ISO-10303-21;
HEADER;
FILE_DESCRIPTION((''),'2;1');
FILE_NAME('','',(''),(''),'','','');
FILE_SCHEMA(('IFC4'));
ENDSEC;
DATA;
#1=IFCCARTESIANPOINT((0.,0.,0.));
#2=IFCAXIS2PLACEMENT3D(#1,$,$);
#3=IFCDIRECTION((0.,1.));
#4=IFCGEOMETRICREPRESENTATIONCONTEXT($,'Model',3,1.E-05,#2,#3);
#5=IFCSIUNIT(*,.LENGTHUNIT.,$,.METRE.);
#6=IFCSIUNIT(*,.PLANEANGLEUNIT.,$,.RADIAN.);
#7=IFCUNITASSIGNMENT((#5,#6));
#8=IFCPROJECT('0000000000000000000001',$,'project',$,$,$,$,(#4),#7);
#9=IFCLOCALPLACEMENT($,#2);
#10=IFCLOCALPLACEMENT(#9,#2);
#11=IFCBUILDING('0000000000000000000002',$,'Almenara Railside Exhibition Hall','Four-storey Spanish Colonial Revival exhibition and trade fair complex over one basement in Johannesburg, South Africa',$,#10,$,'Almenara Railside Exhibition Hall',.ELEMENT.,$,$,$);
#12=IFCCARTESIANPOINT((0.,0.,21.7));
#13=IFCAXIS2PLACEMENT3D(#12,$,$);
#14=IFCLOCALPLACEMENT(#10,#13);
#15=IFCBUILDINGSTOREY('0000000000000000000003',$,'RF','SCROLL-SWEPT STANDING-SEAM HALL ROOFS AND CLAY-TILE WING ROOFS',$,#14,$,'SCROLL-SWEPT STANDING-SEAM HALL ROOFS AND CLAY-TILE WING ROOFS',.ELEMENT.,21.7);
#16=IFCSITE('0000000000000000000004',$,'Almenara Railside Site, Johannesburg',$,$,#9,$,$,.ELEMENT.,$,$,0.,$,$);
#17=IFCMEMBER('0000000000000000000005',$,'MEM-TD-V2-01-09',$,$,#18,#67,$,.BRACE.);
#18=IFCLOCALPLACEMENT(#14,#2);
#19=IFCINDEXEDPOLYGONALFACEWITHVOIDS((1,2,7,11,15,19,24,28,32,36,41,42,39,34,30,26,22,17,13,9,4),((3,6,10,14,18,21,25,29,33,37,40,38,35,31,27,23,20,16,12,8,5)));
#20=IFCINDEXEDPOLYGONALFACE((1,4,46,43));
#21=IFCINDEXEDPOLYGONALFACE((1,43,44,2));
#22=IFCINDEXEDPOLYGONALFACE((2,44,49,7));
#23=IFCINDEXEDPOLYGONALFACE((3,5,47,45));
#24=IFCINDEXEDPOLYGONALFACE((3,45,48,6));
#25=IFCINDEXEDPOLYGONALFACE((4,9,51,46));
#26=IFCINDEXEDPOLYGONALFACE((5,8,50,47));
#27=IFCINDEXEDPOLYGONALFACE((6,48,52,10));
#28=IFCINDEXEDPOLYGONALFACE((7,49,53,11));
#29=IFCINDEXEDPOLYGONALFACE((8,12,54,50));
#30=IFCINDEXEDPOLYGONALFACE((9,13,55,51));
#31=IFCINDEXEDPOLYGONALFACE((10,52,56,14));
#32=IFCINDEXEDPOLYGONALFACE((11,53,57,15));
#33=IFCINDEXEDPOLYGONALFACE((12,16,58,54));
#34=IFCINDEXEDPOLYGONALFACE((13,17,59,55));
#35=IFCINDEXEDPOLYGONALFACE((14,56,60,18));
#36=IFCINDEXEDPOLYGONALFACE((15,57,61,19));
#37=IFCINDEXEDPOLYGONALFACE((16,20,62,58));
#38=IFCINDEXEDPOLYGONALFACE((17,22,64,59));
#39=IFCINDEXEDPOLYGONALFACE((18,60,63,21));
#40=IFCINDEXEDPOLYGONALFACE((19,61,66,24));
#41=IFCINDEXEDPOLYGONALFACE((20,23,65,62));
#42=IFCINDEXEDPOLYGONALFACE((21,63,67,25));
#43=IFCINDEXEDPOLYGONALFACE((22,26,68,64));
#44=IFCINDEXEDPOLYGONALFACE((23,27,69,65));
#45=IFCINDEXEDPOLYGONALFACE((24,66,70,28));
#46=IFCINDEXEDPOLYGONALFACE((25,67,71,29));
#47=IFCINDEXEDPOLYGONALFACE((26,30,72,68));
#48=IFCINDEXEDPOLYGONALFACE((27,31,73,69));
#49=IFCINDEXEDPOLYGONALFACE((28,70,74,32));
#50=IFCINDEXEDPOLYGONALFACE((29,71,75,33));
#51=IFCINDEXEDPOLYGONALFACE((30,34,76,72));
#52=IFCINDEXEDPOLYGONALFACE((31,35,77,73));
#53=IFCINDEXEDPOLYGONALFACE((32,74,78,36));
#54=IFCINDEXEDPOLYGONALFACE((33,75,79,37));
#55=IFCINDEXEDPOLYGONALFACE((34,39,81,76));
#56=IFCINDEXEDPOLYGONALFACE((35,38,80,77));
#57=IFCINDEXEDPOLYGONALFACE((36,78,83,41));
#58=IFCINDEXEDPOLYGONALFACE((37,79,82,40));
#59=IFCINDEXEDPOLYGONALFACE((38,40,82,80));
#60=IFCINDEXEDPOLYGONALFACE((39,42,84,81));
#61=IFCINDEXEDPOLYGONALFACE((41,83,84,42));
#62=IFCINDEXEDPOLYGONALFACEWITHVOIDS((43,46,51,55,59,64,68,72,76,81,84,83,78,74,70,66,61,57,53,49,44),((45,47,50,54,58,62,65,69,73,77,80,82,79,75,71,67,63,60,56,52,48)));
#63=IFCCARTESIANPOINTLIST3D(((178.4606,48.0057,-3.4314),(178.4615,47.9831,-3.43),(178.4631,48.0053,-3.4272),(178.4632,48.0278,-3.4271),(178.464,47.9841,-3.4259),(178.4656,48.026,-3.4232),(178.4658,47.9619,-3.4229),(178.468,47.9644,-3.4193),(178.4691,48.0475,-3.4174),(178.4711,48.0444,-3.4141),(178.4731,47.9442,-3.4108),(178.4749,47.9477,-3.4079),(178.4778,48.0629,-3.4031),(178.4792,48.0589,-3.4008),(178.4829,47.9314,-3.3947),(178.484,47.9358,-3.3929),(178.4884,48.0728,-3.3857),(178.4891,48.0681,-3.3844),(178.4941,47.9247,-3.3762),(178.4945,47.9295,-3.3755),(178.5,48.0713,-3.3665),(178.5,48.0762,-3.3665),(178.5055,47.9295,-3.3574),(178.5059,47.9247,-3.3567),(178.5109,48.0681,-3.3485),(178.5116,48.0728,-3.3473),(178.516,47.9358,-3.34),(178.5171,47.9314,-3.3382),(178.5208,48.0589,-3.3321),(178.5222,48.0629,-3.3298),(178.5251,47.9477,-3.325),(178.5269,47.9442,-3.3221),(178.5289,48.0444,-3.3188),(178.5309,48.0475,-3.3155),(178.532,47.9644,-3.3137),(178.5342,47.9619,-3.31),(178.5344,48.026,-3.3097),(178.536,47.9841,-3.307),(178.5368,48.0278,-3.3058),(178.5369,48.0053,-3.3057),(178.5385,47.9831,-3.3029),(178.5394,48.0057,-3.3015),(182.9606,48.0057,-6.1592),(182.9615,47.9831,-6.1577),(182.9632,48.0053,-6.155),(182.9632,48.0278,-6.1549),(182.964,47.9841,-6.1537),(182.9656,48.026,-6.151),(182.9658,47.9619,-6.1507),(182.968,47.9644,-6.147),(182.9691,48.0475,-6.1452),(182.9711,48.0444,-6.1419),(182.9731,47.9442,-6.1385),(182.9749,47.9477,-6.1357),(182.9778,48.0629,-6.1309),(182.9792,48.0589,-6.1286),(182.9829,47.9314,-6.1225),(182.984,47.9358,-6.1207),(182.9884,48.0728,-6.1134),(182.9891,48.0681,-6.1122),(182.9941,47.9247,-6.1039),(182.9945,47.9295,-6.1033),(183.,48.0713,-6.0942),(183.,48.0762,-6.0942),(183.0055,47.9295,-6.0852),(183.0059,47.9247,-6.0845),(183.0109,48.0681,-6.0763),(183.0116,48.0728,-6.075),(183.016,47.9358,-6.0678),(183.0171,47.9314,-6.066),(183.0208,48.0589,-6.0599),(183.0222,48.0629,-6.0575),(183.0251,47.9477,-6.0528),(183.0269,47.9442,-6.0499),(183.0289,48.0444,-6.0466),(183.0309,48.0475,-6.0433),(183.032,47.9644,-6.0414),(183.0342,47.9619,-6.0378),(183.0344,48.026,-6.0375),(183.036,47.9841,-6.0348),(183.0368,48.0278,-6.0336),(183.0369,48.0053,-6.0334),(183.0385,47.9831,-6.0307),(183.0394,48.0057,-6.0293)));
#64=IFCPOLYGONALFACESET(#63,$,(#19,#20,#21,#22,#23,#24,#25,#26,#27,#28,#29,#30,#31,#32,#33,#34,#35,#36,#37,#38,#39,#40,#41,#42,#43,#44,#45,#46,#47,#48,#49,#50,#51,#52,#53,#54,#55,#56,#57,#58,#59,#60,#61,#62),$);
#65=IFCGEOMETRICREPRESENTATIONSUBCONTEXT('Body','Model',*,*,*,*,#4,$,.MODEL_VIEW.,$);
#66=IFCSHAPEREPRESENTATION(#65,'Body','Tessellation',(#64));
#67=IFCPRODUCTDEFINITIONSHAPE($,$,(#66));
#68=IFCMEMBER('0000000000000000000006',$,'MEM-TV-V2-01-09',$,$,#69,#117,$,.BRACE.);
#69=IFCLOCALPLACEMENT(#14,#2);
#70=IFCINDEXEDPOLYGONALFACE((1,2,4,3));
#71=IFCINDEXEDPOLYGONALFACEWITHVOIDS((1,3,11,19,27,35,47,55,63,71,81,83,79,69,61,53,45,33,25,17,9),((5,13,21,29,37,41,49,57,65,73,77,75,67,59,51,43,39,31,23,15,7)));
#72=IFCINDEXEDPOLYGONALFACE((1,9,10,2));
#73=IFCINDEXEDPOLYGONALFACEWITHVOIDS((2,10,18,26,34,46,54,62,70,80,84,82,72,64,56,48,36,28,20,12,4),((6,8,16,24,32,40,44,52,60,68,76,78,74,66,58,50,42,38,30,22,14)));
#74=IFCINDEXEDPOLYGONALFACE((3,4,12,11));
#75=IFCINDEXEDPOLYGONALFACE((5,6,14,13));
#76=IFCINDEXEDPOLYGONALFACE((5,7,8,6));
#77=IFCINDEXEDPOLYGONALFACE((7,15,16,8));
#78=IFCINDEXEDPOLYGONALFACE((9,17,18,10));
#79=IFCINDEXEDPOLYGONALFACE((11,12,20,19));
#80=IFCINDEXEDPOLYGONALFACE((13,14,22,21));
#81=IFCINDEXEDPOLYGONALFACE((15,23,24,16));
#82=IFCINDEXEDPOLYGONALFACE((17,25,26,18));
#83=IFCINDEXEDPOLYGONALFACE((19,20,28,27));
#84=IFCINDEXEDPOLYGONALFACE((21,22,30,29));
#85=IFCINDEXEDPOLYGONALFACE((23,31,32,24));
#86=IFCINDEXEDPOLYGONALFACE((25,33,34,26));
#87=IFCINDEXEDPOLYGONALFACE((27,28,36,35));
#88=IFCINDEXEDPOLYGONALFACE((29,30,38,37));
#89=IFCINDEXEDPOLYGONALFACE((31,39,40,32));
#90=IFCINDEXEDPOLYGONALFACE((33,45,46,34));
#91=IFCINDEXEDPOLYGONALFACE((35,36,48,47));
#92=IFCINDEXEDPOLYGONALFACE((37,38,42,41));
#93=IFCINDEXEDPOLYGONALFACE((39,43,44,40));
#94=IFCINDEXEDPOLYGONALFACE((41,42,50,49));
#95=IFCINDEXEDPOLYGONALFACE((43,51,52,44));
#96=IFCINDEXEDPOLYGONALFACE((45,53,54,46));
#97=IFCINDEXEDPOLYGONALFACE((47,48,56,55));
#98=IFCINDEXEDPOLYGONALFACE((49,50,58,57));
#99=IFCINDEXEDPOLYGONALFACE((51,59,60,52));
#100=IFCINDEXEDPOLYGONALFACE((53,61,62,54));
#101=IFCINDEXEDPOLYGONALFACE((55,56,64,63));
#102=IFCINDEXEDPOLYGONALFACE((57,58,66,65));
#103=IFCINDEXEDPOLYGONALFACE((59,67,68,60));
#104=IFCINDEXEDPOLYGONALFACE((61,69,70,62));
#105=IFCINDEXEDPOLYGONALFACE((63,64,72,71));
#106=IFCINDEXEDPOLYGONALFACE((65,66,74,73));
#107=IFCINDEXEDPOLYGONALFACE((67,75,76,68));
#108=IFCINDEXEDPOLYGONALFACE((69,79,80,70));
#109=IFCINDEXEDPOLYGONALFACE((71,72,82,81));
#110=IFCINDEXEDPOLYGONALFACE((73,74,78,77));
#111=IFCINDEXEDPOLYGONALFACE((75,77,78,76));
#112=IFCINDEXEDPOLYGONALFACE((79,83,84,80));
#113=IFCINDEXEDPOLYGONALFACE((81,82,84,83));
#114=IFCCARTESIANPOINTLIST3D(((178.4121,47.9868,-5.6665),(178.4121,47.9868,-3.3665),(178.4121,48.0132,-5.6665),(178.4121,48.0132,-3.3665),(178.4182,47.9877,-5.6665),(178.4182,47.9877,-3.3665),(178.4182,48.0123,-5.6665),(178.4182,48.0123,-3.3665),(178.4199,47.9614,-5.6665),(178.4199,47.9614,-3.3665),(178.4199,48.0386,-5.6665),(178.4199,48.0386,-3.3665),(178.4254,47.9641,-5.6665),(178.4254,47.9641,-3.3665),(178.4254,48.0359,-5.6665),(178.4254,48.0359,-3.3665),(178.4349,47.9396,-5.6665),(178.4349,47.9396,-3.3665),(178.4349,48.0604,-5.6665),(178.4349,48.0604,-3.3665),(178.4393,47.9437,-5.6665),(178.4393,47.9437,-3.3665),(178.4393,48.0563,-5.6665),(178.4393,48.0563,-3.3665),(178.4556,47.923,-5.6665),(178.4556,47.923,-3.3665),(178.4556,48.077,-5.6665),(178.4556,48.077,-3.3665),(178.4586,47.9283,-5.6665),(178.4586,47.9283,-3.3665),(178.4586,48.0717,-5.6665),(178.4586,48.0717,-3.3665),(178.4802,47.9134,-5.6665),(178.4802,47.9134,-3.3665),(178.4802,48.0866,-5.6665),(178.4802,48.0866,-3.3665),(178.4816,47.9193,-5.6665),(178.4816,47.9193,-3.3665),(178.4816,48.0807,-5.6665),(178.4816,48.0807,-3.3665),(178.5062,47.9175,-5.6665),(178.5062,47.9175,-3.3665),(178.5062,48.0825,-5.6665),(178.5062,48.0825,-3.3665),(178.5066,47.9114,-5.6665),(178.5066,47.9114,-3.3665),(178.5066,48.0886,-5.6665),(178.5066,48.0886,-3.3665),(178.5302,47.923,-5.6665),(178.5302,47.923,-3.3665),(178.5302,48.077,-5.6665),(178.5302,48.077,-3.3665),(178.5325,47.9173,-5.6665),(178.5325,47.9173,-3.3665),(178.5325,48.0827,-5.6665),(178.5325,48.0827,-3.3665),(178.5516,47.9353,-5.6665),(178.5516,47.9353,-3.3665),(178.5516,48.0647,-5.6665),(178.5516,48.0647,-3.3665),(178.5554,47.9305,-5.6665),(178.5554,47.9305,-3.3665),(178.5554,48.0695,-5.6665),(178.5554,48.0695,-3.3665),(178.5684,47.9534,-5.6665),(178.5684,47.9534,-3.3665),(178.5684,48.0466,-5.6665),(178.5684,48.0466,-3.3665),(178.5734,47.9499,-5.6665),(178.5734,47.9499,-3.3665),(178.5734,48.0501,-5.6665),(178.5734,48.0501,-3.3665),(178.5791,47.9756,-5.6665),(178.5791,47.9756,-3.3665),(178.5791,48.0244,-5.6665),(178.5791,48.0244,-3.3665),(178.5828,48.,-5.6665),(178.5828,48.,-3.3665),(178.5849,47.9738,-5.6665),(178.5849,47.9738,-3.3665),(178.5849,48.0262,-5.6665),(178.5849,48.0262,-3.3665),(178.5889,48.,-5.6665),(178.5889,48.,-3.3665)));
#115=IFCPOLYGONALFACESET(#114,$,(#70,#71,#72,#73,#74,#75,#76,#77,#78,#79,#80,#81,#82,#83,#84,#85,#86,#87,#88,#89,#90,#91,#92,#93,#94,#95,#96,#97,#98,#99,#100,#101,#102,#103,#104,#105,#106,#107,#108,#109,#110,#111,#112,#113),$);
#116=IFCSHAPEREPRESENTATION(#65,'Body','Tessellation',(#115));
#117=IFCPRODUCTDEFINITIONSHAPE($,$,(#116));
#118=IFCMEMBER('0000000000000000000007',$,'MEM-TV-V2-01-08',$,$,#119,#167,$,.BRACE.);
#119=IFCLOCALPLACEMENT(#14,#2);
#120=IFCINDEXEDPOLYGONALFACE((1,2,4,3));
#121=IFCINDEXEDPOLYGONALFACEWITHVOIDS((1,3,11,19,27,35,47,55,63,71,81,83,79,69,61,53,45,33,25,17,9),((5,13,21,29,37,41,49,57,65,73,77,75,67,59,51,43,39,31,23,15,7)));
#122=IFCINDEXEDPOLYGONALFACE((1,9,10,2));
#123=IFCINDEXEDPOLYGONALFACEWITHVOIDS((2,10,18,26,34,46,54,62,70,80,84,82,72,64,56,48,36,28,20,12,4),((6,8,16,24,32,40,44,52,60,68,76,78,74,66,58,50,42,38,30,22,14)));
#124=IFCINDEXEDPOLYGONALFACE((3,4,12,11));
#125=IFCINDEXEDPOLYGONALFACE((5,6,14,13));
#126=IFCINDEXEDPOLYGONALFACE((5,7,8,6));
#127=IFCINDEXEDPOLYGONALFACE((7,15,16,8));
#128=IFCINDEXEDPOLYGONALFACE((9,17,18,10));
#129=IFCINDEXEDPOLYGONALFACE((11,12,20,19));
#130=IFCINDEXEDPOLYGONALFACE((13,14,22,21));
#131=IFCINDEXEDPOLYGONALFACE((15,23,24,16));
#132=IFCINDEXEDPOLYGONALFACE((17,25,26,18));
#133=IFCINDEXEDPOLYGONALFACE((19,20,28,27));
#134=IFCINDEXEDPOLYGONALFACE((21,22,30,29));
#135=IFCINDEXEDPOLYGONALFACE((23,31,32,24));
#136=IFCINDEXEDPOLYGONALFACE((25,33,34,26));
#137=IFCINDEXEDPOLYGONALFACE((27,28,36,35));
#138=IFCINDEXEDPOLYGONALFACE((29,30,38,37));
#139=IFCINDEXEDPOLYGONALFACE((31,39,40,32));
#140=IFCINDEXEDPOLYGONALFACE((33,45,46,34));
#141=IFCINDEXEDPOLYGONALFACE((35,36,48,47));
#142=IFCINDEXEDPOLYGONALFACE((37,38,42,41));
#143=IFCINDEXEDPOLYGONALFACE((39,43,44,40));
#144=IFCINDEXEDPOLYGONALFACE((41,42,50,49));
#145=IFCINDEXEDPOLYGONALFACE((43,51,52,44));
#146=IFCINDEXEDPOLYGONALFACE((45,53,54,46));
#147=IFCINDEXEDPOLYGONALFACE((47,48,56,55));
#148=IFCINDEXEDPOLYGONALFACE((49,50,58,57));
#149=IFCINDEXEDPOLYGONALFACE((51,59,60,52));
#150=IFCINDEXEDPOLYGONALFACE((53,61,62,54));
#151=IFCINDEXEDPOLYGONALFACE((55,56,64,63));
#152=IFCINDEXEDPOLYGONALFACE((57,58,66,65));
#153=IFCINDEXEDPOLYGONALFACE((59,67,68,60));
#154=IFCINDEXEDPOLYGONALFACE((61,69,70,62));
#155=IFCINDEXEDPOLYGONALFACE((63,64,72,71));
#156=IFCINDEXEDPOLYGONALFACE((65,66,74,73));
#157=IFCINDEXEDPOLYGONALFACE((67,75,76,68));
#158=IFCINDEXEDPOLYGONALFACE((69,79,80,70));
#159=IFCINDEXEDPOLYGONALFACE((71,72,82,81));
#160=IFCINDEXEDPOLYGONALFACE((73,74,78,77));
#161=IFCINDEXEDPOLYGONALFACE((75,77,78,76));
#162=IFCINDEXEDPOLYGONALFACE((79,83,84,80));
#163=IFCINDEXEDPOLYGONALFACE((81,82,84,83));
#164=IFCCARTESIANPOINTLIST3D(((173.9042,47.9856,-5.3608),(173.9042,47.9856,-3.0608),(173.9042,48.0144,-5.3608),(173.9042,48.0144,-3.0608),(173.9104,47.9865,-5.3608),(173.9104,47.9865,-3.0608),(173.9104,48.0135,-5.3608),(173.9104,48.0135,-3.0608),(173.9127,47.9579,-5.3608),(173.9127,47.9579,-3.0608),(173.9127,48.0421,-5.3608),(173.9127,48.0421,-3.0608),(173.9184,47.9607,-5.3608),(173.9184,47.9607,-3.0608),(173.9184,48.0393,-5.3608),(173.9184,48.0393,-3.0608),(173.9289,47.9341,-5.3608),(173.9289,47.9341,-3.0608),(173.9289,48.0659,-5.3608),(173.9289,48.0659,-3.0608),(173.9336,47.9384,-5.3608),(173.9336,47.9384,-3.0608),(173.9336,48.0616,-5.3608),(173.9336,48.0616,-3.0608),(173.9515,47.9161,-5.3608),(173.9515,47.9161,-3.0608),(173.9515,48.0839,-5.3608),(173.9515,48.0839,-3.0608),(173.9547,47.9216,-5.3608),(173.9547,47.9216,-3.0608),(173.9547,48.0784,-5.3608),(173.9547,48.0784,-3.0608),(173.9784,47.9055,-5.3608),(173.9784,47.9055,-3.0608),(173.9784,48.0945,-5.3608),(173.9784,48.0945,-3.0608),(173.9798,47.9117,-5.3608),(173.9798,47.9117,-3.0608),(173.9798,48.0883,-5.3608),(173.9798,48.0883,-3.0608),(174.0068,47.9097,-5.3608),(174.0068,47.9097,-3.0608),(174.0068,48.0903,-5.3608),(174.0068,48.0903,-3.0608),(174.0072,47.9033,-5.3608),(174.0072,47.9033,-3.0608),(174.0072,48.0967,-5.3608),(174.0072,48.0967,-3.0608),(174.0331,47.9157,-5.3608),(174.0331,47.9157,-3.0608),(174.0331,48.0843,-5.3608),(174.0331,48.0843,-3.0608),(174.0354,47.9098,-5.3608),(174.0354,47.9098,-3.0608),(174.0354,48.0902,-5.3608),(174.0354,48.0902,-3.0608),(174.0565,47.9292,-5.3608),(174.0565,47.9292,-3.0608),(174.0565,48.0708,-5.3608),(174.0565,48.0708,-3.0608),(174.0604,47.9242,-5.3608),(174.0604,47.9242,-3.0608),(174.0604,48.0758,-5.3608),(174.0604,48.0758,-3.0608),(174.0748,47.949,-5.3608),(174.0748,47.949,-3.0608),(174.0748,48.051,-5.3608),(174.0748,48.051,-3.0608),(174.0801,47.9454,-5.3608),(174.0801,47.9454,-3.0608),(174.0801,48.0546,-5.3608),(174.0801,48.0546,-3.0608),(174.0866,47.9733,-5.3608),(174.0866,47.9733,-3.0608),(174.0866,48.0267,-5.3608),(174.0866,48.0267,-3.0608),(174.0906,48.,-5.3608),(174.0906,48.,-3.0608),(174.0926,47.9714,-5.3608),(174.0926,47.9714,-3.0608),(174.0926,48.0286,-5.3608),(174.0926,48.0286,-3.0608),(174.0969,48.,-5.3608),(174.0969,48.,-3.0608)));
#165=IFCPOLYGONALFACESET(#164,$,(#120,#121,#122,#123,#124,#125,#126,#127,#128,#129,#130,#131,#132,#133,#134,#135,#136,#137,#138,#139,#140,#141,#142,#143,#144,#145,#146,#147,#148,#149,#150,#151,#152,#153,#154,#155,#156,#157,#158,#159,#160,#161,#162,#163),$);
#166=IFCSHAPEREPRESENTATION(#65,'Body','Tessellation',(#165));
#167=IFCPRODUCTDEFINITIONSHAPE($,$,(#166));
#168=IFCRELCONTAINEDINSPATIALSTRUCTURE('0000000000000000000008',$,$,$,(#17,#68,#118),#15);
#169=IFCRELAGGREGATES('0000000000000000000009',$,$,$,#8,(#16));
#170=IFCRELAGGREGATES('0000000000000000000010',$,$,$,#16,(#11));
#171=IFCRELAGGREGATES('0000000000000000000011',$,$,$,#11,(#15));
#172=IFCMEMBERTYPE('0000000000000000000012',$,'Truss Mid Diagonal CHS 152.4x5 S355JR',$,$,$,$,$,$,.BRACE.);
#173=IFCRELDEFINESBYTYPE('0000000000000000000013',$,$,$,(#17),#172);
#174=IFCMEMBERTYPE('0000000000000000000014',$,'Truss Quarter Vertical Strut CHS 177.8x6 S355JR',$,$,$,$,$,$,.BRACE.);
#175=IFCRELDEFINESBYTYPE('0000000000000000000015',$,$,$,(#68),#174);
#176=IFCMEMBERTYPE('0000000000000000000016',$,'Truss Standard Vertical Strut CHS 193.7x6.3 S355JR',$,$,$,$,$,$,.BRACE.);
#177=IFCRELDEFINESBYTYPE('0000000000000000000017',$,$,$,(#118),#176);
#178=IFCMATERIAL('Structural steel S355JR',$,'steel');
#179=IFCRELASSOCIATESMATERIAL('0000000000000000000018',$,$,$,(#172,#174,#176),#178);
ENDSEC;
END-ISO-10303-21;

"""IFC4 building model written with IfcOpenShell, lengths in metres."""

from ifc_helpers import new_model, si_unit, direction, frame, origin, origin_2d, place, context, subcontext, project, spatial, hollow_circle, extrude, material, material_profile, profile_set, type_object, element, save


model = new_model("IFC4")

# Units and contexts
model_context = context("Model", 3, precision=1e-05, world=origin(), true_north=direction((0.0, 1.0)))
body_context = subcontext(model_context, "Body", "Model", "MODEL_VIEW")
ifc_project = project(units=[si_unit("LENGTHUNIT", "METRE"), si_unit("PLANEANGLEUNIT", "RADIAN")], contexts=[model_context])

# Site, building, storey
site_placement = place(None, origin())
site = spatial("IfcSite", under=ifc_project, at=site_placement, Name="Almenara Railside Site, Johannesburg", CompositionType="ELEMENT", RefElevation=0.0)
building_placement = place(site_placement, origin())
building = spatial("IfcBuilding", under=site, at=building_placement, Name="Almenara Railside Exhibition Hall", Description="Four-storey Spanish Colonial Revival exhibition and trade fair complex over one basement in Johannesburg, South Africa", LongName="Almenara Railside Exhibition Hall", CompositionType="ELEMENT")
storey_placement = place(building_placement, frame((0.0, 0.0, 21.7)))
storey = spatial("IfcBuildingStorey", under=building, at=storey_placement, Name="RF", Description="SCROLL-SWEPT STANDING-SEAM HALL ROOFS AND CLAY-TILE WING ROOFS", LongName="SCROLL-SWEPT STANDING-SEAM HALL ROOFS AND CLAY-TILE WING ROOFS", CompositionType="ELEMENT", Elevation=21.7)

# Members
ifc_material_1 = material(Name="Structural steel S355JR", Category="steel")
ifc_material_profile_1 = material_profile(ifc_material_1, hollow_circle(Radius=0.0762, WallThickness=0.0049, at=origin_2d()), Name="CHS 152.4x5")
ifc_profile_set_1 = profile_set([ifc_material_profile_1], Name="Structural steel S355JR")
member_type_1 = type_object("IfcMemberType", Name="Truss Mid Diagonal CHS 152.4x5 S355JR", PredefinedType="BRACE", material=ifc_profile_set_1)
member_1_placement = place(storey_placement, frame((178.5, 48.0, -3.3665), z_axis=(0.855155, 0.0, -0.518373), x_axis=(0.0, 1.0, 0.0)))
element("IfcMember", 1, at=member_1_placement, inside=storey, type_object=member_type_1, Name="MEM-TD-V2-01-09", PredefinedType="BRACE", context=body_context, shape_type="SweptSolid", body=[
    extrude(hollow_circle(Radius=0.0762, WallThickness=0.0049, at=origin_2d()), origin(), (0.0, 0.0, 1.0), 5.2622),
])
ifc_material_profile_2 = material_profile(ifc_material_1, hollow_circle(Radius=0.0889, WallThickness=0.0061, at=origin_2d()), Name="CHS 177.8x6")
ifc_profile_set_2 = profile_set([ifc_material_profile_2], Name="Structural steel S355JR")
member_type_2 = type_object("IfcMemberType", Name="Truss Quarter Vertical Strut CHS 177.8x6 S355JR", PredefinedType="BRACE", material=ifc_profile_set_2)
member_2_placement = place(storey_placement, frame((178.5, 48.0, -5.6665), z_axis=(0.0, 0.0, 1.0), x_axis=(1.0, 0.0, 0.0)))
element("IfcMember", 2, at=member_2_placement, inside=storey, type_object=member_type_2, Name="MEM-TV-V2-01-09", PredefinedType="BRACE", context=body_context, shape_type="SweptSolid", body=[
    extrude(hollow_circle(Radius=0.0889, WallThickness=0.0061, at=origin_2d()), origin(), (0.0, 0.0, 1.0), 2.3),
])
ifc_material_profile_3 = material_profile(ifc_material_1, hollow_circle(Radius=0.0969, WallThickness=0.0063, at=origin_2d()), Name="CHS 193.7x6.3")
ifc_profile_set_3 = profile_set([ifc_material_profile_3], Name="Structural steel S355JR")
member_type_3 = type_object("IfcMemberType", Name="Truss Standard Vertical Strut CHS 193.7x6.3 S355JR", PredefinedType="BRACE", material=ifc_profile_set_3)
for number, where, z_axis, x_axis, name in (
    (3, (174.0, 48.0, -5.3608), (0.0, 0.0, 1.0), (1.0, 0.0, 0.0), "MEM-TV-V2-01-08"),
):
    element("IfcMember", number, at=place(storey_placement, frame(where, z_axis=z_axis, x_axis=x_axis)), inside=storey, type_object=member_type_3, Name=name, PredefinedType="BRACE", context=body_context, shape_type="SweptSolid", body=[
        extrude(hollow_circle(Radius=0.0969, WallThickness=0.0063, at=origin_2d()), origin(), (0.0, 0.0, 1.0), 2.3),
    ])

save(model, "model.ifc")
